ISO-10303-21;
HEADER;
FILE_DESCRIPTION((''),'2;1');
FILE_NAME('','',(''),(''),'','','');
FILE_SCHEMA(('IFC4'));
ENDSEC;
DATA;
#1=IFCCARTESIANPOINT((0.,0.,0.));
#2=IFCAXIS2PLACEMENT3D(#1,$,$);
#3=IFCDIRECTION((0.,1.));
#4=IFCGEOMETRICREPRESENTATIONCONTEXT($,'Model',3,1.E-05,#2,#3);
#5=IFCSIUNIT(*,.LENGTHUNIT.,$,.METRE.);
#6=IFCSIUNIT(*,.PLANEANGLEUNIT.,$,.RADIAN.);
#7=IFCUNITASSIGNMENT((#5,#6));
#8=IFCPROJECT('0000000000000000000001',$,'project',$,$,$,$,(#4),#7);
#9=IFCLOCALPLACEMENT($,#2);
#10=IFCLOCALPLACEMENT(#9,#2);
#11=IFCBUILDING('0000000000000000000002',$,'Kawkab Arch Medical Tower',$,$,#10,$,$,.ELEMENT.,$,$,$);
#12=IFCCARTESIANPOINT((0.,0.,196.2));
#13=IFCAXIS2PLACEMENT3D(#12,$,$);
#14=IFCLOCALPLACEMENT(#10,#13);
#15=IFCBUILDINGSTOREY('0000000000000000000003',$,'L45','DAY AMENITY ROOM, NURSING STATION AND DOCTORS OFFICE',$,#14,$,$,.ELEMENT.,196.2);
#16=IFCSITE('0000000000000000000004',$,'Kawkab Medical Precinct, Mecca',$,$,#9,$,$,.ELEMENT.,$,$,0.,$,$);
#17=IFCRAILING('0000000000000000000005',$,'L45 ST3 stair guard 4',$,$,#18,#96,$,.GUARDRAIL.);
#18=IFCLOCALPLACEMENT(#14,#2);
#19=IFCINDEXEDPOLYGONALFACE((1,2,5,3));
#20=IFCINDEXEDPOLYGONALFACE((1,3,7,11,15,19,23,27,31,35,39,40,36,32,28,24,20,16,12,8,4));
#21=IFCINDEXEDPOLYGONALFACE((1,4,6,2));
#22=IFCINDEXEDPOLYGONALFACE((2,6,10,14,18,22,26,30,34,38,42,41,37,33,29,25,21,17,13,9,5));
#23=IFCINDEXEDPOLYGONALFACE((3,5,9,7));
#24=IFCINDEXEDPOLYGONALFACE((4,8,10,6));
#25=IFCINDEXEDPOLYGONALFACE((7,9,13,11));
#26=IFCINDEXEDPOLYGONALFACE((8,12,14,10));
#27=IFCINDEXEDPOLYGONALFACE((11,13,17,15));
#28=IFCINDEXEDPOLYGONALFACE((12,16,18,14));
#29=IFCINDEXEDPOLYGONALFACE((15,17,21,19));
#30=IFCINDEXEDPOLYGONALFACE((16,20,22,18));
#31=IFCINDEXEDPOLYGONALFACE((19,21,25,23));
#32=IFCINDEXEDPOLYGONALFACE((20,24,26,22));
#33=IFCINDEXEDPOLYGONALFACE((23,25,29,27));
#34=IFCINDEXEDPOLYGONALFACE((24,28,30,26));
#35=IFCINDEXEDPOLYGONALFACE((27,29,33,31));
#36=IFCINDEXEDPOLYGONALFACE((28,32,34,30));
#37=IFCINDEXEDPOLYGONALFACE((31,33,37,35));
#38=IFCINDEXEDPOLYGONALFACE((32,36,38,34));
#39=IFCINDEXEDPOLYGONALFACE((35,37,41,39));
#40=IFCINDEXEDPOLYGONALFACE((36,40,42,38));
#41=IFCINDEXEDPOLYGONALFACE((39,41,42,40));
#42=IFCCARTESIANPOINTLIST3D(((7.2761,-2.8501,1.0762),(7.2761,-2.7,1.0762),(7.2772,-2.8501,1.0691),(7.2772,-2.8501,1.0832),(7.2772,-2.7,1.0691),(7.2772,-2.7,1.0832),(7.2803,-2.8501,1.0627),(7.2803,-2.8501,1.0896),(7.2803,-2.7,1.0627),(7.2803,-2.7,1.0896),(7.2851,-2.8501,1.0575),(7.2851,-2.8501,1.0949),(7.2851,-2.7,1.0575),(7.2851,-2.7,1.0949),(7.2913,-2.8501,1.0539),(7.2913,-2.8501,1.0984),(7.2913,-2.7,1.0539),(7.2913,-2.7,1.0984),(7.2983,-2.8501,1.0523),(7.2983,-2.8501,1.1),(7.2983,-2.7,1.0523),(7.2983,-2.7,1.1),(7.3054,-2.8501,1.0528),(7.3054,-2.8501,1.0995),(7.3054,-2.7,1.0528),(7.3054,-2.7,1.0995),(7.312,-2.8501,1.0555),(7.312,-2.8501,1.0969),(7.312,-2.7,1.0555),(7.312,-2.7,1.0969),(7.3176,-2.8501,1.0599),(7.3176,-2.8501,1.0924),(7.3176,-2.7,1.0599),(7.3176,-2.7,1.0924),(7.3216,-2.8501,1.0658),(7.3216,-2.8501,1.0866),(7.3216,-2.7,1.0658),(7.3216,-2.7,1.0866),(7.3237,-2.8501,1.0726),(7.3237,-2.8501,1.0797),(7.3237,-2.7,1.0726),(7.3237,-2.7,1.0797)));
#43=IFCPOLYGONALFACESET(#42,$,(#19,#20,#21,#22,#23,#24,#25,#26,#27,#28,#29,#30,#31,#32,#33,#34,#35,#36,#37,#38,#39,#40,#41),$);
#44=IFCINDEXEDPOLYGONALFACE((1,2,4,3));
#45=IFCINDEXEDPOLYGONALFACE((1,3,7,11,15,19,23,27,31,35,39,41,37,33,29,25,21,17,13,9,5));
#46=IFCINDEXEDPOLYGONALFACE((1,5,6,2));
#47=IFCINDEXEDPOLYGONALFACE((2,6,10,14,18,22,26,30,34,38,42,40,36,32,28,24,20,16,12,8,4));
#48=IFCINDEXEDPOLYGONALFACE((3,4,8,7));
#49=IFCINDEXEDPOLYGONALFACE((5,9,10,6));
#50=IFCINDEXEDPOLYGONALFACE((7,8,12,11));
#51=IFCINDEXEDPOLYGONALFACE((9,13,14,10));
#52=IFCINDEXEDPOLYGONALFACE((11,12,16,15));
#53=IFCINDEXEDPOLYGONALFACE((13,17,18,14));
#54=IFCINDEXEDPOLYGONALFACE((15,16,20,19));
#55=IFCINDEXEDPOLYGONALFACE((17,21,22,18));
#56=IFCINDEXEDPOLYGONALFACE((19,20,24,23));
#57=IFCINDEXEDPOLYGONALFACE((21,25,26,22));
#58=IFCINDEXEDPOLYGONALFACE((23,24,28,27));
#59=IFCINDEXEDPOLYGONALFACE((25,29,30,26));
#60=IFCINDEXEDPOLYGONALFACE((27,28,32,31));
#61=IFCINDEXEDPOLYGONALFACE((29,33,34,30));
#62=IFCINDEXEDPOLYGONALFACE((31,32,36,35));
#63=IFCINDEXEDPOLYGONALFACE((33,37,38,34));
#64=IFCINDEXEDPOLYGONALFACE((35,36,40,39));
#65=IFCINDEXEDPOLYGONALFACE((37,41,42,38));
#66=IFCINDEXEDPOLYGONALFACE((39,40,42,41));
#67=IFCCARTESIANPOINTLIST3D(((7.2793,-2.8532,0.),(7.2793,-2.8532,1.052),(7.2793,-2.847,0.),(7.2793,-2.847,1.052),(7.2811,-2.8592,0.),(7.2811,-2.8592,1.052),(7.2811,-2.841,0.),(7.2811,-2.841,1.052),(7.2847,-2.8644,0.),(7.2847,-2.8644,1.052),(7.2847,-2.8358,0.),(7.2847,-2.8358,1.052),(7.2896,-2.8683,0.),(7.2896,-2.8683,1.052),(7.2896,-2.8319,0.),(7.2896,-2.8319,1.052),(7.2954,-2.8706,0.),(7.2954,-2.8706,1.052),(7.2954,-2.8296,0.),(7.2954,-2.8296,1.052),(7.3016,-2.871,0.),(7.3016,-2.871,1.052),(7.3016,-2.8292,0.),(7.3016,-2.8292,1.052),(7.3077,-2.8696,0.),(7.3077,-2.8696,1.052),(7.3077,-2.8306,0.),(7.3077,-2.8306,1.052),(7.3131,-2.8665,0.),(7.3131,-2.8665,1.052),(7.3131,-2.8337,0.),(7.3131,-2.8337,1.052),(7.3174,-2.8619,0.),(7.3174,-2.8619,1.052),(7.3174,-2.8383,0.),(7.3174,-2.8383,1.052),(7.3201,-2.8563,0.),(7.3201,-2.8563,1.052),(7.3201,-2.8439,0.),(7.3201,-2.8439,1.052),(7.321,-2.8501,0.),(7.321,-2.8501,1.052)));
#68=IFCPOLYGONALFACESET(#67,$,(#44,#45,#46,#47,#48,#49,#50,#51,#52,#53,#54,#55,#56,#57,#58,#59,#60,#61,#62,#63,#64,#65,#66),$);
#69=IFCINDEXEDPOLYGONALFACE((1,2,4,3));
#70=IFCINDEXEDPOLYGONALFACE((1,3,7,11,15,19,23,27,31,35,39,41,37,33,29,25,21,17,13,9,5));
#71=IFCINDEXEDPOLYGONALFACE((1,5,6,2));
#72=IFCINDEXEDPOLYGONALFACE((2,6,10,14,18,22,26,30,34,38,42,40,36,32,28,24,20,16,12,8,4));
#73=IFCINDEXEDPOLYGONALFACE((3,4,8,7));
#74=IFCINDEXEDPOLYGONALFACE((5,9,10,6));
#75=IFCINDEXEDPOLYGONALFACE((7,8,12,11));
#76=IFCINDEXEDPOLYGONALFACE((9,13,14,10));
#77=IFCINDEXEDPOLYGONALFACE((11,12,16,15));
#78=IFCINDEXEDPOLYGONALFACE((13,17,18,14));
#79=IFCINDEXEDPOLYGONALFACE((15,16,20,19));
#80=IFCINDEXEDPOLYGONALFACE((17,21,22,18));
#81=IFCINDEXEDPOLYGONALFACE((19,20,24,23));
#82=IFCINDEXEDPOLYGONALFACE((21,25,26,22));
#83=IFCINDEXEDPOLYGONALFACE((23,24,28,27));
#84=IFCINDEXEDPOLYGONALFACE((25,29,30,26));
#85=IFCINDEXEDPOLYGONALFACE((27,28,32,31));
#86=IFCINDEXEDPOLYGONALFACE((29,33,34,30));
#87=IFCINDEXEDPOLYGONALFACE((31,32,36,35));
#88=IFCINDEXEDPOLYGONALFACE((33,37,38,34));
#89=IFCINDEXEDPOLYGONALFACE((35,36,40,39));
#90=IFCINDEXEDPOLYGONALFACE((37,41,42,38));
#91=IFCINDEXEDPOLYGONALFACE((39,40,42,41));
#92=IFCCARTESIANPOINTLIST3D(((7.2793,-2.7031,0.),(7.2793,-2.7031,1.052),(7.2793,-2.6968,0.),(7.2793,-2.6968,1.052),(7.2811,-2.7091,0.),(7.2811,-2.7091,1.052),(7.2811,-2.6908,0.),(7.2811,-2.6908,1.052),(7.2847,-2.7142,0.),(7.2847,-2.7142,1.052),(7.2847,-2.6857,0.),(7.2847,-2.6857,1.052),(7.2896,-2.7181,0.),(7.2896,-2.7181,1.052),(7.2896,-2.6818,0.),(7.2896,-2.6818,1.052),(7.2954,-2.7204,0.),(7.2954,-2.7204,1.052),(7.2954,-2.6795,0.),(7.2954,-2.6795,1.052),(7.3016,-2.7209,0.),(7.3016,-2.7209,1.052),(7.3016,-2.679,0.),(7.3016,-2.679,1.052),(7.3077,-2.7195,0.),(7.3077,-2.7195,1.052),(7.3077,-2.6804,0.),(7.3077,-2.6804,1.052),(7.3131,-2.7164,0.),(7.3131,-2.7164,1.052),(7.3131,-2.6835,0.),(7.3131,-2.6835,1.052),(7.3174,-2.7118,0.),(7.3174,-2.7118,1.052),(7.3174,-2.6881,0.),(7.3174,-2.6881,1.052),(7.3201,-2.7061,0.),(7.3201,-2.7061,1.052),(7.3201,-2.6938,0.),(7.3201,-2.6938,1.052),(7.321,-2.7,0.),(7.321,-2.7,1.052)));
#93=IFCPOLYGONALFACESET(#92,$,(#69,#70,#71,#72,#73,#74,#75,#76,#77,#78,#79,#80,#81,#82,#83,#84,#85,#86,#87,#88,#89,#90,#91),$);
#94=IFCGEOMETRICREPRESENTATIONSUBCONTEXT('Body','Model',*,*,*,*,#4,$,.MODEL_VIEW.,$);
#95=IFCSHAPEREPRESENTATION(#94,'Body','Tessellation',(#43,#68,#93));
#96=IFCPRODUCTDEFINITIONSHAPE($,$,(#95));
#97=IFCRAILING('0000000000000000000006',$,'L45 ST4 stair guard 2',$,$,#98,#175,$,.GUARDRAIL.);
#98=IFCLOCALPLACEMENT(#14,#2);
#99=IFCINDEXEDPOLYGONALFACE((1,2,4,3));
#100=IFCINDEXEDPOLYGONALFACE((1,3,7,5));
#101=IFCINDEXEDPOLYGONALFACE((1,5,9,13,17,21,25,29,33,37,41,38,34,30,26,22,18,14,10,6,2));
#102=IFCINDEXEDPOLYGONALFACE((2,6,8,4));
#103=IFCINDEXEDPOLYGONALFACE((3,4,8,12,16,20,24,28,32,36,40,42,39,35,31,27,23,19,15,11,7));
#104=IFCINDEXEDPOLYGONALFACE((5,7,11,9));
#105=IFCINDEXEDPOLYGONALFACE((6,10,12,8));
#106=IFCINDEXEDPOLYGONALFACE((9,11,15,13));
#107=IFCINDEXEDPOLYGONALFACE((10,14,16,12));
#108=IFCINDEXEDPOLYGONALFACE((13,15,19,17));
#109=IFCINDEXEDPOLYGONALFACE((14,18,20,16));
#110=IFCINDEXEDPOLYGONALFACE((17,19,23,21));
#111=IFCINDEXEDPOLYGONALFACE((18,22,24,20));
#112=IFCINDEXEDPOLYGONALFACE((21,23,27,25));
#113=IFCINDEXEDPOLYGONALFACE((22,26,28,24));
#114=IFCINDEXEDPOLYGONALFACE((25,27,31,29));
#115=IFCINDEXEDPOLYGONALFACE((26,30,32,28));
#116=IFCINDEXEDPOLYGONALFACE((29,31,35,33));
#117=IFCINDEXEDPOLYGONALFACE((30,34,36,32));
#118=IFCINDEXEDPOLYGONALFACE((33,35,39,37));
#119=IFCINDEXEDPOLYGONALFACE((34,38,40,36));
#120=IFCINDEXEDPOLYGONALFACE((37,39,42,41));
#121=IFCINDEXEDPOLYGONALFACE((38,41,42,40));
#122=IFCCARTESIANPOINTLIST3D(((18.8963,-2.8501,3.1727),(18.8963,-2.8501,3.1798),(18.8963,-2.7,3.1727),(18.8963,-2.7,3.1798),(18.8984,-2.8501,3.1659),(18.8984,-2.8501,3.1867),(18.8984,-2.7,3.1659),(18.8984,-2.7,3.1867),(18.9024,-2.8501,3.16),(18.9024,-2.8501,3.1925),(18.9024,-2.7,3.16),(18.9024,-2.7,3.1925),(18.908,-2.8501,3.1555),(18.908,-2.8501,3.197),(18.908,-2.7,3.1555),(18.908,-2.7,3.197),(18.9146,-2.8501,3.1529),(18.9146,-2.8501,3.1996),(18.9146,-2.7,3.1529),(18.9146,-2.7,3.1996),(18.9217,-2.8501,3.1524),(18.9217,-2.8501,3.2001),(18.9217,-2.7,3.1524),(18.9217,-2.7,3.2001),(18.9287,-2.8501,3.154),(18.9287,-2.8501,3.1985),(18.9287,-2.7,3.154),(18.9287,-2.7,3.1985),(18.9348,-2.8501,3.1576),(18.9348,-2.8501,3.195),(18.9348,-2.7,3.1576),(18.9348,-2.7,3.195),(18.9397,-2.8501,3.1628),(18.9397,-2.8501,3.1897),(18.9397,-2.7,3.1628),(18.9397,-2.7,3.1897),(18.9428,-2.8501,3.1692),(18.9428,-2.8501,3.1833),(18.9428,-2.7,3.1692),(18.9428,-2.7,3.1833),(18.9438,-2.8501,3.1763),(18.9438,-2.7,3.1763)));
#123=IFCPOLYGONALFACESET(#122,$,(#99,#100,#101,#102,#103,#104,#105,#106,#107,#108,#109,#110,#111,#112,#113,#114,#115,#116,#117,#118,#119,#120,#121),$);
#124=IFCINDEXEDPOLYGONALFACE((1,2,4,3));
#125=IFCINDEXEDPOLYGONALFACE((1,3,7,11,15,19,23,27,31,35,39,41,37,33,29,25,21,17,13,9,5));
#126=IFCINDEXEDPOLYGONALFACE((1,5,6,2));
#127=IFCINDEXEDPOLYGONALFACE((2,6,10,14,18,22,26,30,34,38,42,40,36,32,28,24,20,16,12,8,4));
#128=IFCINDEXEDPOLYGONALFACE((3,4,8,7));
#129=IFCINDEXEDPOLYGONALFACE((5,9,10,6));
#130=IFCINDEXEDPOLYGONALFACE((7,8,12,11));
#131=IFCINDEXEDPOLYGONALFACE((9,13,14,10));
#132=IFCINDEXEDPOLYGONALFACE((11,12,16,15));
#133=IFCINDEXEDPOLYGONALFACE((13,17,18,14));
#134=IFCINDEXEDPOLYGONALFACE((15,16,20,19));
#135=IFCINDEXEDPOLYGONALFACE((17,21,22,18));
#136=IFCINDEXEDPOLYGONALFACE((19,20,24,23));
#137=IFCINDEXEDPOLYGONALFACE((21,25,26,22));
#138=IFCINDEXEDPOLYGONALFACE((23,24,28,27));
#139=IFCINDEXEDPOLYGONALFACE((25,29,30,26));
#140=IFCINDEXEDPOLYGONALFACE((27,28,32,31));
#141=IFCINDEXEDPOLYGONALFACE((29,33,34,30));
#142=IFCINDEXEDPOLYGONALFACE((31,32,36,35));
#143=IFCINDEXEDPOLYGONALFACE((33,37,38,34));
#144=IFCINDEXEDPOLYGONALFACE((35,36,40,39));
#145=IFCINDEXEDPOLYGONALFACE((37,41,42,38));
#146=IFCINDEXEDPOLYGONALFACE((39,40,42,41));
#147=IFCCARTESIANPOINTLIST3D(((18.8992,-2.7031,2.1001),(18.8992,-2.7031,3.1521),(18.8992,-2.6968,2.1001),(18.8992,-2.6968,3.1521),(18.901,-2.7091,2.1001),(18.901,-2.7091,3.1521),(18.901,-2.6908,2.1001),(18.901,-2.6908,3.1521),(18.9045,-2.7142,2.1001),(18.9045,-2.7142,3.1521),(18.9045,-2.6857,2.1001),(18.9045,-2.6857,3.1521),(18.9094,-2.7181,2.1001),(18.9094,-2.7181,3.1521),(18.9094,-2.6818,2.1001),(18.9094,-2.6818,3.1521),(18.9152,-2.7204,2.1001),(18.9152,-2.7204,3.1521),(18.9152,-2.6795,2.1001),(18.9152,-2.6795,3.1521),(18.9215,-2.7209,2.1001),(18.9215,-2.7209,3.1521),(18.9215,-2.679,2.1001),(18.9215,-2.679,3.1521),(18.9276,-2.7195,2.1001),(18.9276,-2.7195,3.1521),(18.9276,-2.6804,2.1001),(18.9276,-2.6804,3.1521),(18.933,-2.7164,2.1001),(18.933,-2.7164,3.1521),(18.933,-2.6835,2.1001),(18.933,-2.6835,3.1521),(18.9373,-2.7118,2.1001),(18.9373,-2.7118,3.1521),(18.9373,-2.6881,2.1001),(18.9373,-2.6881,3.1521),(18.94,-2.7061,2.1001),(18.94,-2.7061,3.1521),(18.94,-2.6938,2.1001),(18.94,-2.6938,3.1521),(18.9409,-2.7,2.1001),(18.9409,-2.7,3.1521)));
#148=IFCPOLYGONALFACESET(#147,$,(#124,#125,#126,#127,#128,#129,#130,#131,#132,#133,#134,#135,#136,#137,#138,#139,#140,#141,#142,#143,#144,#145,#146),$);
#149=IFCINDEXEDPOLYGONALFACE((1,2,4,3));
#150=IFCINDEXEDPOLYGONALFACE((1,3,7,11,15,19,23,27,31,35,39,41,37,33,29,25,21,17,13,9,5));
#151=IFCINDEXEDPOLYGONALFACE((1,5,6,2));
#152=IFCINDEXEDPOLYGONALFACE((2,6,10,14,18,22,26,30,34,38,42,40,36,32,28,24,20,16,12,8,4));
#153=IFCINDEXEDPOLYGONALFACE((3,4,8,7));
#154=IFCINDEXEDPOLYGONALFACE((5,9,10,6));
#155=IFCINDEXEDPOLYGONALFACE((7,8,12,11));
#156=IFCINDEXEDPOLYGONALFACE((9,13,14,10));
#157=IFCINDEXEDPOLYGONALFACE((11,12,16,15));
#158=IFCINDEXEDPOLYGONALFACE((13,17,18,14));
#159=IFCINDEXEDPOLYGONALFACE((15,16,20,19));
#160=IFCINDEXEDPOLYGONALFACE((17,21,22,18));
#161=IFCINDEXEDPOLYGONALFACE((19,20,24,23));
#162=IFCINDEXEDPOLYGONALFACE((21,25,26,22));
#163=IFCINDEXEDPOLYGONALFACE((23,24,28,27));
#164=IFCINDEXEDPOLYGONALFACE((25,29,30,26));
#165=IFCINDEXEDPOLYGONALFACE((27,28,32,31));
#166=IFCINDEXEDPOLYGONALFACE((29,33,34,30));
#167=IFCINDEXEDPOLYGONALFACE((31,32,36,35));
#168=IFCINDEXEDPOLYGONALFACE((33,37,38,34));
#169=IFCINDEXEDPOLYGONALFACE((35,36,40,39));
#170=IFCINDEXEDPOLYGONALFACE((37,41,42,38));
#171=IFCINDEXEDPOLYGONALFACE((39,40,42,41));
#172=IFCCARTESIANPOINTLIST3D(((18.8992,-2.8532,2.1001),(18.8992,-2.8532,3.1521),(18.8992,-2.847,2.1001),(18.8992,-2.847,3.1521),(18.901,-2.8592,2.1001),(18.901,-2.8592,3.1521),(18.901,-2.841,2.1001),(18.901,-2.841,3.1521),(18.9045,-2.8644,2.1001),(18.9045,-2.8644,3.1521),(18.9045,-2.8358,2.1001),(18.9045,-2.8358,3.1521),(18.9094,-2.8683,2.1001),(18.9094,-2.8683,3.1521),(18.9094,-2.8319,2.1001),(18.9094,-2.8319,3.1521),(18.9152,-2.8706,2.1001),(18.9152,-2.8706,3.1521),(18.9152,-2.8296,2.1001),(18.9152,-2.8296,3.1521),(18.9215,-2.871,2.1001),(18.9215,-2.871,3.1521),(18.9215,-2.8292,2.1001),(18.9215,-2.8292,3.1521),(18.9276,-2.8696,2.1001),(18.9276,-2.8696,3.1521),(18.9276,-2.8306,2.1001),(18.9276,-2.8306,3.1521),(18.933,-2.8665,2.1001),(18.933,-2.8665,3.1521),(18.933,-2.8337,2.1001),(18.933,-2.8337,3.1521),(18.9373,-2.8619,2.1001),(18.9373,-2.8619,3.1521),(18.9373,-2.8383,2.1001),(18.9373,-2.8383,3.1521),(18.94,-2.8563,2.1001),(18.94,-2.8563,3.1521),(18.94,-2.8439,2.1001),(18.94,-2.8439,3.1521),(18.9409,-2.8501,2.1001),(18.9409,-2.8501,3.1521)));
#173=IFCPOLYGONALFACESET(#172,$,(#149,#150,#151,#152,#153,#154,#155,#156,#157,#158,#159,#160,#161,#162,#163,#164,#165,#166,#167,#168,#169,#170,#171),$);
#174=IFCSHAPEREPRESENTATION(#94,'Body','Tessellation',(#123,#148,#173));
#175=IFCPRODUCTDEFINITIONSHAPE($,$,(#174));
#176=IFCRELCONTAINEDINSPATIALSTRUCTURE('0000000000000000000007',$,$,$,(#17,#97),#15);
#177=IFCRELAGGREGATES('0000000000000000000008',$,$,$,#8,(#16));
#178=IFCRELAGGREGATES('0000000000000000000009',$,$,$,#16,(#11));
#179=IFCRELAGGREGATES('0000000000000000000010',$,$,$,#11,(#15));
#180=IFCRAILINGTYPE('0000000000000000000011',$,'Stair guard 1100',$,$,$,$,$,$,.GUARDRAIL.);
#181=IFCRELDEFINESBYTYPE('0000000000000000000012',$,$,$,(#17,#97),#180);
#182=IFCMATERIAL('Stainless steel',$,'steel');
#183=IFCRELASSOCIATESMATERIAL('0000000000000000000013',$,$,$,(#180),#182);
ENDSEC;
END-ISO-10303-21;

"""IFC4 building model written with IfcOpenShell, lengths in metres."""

from ifc_helpers import new_model, si_unit, direction, frame, origin, origin_2d, place, context, subcontext, project, spatial, circle, extrude, material, type_object, element, save


model = new_model("IFC4")

# Units and contexts
model_context = context("Model", 3, precision=1e-05, world=origin(), true_north=direction((0.0, 1.0)))
body_context = subcontext(model_context, "Body", "Model", "MODEL_VIEW")
ifc_project = project(units=[si_unit("LENGTHUNIT", "METRE"), si_unit("PLANEANGLEUNIT", "RADIAN")], contexts=[model_context])

# Site, building, storey
site_placement = place(None, origin())
site = spatial("IfcSite", under=ifc_project, at=site_placement, Name="Kawkab Medical Precinct, Mecca", CompositionType="ELEMENT", RefElevation=0.0)
building_placement = place(site_placement, origin())
building = spatial("IfcBuilding", under=site, at=building_placement, Name="Kawkab Arch Medical Tower", CompositionType="ELEMENT")
storey_placement = place(building_placement, frame((0.0, 0.0, 196.2)))
storey = spatial("IfcBuildingStorey", under=building, at=storey_placement, Name="L45", Description="DAY AMENITY ROOM, NURSING STATION AND DOCTORS OFFICE", CompositionType="ELEMENT", Elevation=196.2)

# Railings
ifc_material_1 = material(Name="Stainless steel", Category="steel")
railing_type_1 = type_object("IfcRailingType", Name="Stair guard 1100", PredefinedType="GUARDRAIL", material=ifc_material_1)
railing_1_placement = place(storey_placement, frame((7.3, -2.8501, 0.0)))
element("IfcRailing", 1, at=railing_1_placement, inside=storey, type_object=railing_type_1, Name="L45 ST3 stair guard 4", PredefinedType="GUARDRAIL", context=body_context, shape_type="SweptSolid", body=[
    extrude(circle(Radius=0.0239, at=origin_2d()), frame((0.0, 0.0, 1.0762), z_axis=(0.0, 1.0, 0.0), x_axis=(-1.0, 0.0, 0.0)), (0.0, 0.0, 1.0), 0.1501),
    extrude(circle(Radius=0.021, at=origin_2d()), origin(), (0.0, 0.0, 1.0), 1.052),
    extrude(circle(Radius=0.021, at=origin_2d()), frame((0.0, 0.1501, 0.0)), (0.0, 0.0, 1.0), 1.052),
])
railing_2_placement = place(storey_placement, frame((18.9199, -2.7, 2.1001)))
element("IfcRailing", 2, at=railing_2_placement, inside=storey, type_object=railing_type_1, Name="L45 ST4 stair guard 2", PredefinedType="GUARDRAIL", context=body_context, shape_type="SweptSolid", body=[
    extrude(circle(Radius=0.0239, at=origin_2d()), frame((0.0, 0.0, 1.0762), z_axis=(0.0, -1.0, 0.0), x_axis=(1.0, 0.0, 0.0)), (0.0, 0.0, 1.0), 0.1501),
    extrude(circle(Radius=0.021, at=origin_2d()), origin(), (0.0, 0.0, 1.0), 1.052),
    extrude(circle(Radius=0.021, at=origin_2d()), frame((0.0, -0.1501, 0.0)), (0.0, 0.0, 1.0), 1.052),
])

save(model, "model.ifc")
